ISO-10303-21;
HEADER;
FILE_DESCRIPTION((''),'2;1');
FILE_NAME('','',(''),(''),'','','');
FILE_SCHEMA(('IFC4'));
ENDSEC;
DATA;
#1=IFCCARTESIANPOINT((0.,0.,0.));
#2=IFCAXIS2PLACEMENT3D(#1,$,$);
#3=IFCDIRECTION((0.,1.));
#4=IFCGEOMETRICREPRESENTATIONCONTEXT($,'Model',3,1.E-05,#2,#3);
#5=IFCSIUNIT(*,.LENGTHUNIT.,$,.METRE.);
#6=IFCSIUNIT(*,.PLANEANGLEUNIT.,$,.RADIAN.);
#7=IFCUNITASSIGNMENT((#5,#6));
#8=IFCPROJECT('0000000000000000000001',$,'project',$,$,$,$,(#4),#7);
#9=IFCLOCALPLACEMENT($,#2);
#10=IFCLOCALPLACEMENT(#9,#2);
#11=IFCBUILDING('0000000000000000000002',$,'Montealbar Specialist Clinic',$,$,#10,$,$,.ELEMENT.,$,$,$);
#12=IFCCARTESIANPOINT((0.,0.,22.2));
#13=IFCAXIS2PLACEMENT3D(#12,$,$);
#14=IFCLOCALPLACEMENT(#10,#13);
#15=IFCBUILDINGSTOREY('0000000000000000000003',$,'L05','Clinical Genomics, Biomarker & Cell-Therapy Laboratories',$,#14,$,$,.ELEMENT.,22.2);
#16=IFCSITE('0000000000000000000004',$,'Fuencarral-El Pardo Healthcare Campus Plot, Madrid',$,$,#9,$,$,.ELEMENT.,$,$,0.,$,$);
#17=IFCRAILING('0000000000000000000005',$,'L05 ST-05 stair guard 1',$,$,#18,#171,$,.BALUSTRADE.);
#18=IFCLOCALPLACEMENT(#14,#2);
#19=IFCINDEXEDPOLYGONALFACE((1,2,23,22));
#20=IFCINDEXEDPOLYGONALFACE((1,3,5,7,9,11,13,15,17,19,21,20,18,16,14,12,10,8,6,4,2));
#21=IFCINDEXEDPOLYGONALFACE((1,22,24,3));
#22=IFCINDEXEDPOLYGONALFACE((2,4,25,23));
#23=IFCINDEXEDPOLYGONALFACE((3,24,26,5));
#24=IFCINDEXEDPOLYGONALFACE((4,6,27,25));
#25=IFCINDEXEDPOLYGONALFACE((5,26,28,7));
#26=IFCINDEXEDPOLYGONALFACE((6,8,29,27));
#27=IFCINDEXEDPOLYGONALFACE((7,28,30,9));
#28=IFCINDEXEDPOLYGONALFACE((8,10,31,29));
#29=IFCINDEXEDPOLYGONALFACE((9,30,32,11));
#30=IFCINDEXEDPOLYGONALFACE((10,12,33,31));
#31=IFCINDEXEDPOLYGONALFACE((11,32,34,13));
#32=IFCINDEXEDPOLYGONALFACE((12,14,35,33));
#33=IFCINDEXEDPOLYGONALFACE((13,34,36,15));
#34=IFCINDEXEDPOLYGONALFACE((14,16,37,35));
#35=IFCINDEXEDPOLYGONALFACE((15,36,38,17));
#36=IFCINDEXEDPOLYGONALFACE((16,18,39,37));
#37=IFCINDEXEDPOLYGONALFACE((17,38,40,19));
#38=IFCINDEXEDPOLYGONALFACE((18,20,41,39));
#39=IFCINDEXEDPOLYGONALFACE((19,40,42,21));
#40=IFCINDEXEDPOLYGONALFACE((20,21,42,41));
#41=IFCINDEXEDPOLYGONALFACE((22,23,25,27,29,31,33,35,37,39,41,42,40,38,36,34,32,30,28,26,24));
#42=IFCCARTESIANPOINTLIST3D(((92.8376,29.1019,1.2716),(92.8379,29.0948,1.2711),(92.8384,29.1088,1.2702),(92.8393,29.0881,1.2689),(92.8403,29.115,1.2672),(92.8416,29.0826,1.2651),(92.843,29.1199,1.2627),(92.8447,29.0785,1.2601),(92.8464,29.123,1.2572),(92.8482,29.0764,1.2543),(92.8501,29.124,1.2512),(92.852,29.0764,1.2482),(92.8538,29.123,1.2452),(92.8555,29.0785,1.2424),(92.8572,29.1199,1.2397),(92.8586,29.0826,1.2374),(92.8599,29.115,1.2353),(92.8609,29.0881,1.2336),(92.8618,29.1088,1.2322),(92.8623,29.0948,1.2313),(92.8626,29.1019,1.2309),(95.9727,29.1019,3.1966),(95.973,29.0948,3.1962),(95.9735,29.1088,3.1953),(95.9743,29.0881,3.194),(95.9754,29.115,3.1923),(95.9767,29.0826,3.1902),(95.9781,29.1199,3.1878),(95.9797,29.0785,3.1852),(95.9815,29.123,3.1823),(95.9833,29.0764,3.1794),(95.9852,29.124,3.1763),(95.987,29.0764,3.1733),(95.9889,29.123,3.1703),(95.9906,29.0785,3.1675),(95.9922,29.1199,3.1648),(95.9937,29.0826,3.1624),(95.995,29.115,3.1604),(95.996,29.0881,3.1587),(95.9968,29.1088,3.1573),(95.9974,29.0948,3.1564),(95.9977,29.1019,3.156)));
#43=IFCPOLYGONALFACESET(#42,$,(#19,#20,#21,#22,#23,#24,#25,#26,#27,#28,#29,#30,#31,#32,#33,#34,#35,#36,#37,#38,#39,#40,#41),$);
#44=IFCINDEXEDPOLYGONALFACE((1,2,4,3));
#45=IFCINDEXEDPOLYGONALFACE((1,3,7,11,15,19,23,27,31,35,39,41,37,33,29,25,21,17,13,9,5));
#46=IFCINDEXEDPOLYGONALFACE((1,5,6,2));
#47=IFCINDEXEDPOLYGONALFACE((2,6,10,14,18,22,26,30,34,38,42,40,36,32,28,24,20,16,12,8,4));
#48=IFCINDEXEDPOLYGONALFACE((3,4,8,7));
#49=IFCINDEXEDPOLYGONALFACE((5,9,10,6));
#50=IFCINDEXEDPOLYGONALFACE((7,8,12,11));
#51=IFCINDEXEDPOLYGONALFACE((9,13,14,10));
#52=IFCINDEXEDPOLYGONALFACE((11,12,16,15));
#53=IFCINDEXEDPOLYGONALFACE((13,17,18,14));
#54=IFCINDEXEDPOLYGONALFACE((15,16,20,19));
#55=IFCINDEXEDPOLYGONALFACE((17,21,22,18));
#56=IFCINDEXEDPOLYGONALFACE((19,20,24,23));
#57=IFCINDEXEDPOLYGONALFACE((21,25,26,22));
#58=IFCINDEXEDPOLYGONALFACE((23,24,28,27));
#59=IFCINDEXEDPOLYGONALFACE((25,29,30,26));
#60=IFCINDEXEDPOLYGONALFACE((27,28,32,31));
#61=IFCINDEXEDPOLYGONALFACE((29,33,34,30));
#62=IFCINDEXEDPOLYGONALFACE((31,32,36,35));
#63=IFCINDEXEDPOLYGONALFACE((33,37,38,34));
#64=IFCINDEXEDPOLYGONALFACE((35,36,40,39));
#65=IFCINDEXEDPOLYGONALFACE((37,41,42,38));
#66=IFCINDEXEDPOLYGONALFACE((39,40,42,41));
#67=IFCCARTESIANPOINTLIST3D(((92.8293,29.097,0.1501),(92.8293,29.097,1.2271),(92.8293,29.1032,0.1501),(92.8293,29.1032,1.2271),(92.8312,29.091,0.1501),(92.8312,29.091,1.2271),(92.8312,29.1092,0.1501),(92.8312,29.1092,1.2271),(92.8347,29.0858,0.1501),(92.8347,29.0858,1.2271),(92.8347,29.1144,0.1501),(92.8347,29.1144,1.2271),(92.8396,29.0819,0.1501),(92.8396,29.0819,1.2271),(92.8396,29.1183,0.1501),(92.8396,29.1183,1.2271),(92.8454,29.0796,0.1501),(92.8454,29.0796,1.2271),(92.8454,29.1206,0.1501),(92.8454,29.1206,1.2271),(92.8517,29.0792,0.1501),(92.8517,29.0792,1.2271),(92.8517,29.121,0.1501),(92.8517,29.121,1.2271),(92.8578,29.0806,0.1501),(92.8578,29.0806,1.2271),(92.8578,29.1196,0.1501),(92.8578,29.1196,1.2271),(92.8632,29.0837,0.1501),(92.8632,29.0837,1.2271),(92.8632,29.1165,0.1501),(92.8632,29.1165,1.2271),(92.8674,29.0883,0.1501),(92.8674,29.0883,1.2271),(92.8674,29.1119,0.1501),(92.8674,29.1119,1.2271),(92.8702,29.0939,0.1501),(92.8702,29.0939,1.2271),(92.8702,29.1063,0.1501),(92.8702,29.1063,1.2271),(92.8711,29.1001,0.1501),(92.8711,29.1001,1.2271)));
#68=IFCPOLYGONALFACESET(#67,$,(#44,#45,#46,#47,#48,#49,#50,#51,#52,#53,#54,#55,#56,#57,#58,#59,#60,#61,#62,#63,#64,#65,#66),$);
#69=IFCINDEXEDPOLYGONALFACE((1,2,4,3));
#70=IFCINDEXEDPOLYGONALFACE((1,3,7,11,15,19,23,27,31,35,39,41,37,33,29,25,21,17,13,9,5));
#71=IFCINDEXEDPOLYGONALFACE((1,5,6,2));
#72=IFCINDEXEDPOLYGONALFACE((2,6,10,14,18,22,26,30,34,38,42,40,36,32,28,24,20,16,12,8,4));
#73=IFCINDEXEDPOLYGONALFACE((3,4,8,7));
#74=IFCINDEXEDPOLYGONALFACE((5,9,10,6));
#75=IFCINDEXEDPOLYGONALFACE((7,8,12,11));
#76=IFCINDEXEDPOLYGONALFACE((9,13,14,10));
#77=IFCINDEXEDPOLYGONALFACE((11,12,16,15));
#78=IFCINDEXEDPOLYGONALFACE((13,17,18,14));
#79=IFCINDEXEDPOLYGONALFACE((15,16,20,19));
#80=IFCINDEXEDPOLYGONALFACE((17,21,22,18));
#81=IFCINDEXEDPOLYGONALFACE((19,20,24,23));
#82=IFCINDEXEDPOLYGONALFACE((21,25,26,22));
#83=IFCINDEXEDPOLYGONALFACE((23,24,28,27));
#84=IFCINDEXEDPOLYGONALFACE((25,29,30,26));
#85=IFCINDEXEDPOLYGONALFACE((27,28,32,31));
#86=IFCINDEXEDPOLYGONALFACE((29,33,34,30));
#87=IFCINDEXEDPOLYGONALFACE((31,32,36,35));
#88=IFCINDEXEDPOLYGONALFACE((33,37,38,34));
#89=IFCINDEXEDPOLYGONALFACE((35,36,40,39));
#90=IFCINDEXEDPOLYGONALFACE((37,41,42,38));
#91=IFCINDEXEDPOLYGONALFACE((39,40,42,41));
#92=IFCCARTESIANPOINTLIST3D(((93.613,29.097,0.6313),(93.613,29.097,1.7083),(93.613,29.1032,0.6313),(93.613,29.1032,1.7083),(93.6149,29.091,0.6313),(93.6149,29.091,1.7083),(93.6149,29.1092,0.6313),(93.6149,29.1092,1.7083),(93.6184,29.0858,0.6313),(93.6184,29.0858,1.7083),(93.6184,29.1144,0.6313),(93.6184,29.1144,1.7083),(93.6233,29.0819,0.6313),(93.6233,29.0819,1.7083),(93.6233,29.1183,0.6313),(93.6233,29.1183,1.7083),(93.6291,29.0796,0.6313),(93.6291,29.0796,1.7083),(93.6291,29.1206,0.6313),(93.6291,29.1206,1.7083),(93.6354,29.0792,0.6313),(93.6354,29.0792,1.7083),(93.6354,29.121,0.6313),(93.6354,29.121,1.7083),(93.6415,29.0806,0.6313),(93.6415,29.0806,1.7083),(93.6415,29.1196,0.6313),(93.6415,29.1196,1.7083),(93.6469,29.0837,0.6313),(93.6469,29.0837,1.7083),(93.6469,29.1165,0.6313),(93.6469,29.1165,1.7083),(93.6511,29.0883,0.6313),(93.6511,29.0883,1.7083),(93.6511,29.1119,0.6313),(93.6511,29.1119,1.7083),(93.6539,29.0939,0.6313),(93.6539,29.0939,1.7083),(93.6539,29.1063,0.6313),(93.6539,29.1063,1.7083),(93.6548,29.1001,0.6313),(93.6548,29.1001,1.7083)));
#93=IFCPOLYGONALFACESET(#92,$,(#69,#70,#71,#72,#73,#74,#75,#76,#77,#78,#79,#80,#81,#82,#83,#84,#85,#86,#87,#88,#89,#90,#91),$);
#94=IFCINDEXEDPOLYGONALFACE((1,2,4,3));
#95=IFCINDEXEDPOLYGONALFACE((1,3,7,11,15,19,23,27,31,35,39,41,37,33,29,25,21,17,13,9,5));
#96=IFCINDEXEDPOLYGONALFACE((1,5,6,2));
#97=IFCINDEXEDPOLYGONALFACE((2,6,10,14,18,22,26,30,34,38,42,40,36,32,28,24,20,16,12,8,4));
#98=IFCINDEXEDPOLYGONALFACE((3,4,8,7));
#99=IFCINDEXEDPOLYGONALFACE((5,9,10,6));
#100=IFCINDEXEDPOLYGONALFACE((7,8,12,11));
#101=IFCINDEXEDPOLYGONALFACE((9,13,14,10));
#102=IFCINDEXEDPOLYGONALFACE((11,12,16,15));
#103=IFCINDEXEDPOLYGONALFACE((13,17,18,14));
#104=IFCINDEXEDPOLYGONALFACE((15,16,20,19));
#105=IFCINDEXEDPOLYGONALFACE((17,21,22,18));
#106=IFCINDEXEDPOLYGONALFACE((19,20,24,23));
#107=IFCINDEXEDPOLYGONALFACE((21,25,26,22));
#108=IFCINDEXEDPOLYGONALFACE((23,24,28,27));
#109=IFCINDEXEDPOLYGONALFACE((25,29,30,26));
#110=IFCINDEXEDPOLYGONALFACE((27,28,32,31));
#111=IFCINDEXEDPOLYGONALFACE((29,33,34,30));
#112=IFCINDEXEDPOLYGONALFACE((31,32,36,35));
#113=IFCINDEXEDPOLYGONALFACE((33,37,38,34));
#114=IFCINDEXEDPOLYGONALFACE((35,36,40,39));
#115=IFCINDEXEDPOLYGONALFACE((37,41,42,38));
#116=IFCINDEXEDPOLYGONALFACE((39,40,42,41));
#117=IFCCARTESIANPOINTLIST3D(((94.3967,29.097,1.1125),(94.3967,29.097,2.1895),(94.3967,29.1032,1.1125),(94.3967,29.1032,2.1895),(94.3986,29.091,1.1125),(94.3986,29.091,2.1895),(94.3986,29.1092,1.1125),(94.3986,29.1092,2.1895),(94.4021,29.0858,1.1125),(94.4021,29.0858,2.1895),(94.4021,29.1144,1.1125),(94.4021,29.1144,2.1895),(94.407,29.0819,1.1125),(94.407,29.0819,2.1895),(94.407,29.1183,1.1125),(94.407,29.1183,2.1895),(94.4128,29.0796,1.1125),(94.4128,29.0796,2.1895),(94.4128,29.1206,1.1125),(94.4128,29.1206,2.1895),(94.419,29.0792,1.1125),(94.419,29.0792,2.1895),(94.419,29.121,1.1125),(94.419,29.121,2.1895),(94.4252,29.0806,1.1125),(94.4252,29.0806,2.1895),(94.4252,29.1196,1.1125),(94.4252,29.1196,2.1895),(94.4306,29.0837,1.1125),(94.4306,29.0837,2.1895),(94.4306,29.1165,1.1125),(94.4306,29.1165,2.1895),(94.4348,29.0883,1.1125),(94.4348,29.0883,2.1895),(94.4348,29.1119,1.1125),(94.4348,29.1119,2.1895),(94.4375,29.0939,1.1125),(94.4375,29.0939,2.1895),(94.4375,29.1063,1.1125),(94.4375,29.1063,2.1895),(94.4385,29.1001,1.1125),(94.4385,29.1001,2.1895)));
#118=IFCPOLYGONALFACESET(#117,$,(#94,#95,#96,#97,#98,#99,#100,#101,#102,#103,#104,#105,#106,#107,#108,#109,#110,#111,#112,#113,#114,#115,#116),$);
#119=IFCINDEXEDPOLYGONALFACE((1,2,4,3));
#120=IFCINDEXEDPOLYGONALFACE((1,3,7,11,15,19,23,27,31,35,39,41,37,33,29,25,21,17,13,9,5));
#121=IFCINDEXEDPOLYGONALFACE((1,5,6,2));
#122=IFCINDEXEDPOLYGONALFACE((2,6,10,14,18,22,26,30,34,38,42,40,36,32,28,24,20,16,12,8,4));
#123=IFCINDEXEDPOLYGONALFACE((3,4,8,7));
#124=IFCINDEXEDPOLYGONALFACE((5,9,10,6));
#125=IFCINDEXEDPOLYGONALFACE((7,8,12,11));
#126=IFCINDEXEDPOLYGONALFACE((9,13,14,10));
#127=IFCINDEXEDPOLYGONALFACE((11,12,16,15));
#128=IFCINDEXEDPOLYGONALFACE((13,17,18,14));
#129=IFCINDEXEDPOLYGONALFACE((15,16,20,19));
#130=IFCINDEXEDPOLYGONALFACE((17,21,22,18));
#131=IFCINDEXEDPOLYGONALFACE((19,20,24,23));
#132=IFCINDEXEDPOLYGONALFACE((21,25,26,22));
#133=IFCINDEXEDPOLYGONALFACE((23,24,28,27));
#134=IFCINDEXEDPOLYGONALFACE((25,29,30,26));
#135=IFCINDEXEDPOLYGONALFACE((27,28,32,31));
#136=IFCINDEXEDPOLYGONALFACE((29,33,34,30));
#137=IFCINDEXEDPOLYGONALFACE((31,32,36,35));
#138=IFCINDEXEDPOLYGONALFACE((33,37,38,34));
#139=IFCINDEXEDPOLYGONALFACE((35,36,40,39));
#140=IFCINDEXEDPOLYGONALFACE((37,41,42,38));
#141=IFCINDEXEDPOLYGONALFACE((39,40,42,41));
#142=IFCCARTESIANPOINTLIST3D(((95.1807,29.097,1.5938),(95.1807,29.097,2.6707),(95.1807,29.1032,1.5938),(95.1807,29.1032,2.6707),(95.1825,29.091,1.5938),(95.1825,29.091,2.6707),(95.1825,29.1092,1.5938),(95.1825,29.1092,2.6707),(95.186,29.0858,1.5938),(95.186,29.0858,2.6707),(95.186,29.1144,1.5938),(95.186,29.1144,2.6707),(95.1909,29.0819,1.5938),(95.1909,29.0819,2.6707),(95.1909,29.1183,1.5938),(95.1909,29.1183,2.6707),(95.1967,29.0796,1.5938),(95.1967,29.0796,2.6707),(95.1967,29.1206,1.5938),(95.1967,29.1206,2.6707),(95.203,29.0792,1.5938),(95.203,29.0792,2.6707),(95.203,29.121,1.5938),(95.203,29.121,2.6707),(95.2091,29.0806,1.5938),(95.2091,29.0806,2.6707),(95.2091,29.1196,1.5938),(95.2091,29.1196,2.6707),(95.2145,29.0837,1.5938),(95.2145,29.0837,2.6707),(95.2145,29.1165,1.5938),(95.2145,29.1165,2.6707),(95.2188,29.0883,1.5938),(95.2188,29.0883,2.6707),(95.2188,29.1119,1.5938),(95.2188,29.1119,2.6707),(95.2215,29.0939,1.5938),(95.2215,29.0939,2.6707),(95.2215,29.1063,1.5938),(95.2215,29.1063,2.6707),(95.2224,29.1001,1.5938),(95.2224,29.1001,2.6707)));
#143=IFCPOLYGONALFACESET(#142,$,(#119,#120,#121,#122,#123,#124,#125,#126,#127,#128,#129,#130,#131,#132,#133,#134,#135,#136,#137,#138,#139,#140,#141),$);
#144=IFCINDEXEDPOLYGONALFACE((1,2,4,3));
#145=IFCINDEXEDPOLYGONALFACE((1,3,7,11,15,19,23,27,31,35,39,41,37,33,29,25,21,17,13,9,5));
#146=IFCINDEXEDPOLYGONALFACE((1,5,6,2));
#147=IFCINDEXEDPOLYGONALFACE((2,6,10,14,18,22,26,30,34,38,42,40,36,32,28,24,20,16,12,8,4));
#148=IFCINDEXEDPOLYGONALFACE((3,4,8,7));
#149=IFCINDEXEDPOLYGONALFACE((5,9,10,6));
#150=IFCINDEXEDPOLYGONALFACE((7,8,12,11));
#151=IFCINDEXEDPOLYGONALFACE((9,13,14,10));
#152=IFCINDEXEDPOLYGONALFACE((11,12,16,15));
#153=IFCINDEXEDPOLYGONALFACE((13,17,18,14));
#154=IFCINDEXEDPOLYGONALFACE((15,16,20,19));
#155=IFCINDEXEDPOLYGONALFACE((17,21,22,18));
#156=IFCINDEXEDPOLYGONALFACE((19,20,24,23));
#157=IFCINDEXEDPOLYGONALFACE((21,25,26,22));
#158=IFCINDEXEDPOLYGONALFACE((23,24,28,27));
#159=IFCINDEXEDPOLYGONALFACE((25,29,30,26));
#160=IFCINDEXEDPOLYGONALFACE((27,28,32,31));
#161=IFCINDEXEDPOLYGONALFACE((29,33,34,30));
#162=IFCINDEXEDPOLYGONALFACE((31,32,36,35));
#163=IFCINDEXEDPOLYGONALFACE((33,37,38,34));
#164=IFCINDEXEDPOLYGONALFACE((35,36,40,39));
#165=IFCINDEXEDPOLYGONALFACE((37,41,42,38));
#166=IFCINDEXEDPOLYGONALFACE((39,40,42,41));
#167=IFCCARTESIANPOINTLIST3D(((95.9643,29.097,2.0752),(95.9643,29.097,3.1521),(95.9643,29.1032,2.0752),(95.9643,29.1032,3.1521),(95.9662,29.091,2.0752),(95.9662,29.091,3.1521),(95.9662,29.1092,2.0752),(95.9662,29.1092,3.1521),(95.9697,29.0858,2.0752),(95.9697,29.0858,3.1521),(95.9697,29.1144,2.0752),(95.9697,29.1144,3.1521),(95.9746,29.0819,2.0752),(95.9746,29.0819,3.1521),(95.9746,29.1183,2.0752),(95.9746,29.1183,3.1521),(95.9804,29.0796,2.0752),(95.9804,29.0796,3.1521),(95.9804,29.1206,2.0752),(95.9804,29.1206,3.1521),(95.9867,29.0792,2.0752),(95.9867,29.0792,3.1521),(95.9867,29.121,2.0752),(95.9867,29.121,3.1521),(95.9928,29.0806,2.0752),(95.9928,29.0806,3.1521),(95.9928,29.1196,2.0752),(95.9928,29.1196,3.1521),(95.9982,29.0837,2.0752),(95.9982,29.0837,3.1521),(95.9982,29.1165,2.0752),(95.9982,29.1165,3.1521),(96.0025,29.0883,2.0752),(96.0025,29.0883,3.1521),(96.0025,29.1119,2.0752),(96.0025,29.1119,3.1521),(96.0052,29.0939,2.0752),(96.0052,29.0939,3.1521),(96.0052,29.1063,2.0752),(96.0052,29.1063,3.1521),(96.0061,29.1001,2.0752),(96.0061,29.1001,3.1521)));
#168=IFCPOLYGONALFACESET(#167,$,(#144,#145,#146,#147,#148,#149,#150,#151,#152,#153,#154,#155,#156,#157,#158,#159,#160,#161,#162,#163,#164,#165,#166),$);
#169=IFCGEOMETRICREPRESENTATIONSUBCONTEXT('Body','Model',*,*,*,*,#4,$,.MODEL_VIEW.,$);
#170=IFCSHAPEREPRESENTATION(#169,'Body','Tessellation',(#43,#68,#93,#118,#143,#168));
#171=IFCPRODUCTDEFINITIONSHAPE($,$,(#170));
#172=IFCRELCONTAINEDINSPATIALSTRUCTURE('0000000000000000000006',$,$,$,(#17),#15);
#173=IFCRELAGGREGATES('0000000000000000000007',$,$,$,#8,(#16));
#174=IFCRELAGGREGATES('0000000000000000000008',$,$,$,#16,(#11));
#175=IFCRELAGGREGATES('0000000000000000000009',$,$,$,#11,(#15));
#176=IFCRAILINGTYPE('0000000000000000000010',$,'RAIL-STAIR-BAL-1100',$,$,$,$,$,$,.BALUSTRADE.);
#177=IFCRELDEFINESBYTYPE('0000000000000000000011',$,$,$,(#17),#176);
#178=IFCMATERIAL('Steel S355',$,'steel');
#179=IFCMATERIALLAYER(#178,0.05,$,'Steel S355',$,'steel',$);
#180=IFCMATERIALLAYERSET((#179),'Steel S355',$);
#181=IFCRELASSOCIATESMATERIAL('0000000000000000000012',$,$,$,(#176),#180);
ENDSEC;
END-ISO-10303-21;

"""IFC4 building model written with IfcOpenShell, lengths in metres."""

from ifc_helpers import new_model, si_unit, direction, frame, origin, origin_2d, place, context, subcontext, project, spatial, circle, extrude, material, layer, layer_set, type_object, element, save


model = new_model("IFC4")

# Units and contexts
model_context = context("Model", 3, precision=1e-05, world=origin(), true_north=direction((0.0, 1.0)))
body_context = subcontext(model_context, "Body", "Model", "MODEL_VIEW")
ifc_project = project(units=[si_unit("LENGTHUNIT", "METRE"), si_unit("PLANEANGLEUNIT", "RADIAN")], contexts=[model_context])

# Site, building, storey
site_placement = place(None, origin())
site = spatial("IfcSite", under=ifc_project, at=site_placement, Name="Fuencarral-El Pardo Healthcare Campus Plot, Madrid", CompositionType="ELEMENT", RefElevation=0.0)
building_placement = place(site_placement, origin())
building = spatial("IfcBuilding", under=site, at=building_placement, Name="Montealbar Specialist Clinic", CompositionType="ELEMENT")
storey_placement = place(building_placement, frame((0.0, 0.0, 22.2)))
storey = spatial("IfcBuildingStorey", under=building, at=storey_placement, Name="L05", Description="Clinical Genomics, Biomarker & Cell-Therapy Laboratories", CompositionType="ELEMENT", Elevation=22.2)

# Shared definitions
ifc_material_1 = material(Name="Steel S355", Category="steel")

# Railing
ifc_layer_1 = layer(ifc_material_1, 0.05, Name="Steel S355", Category="steel")
ifc_layer_set_1 = layer_set([ifc_layer_1], Name="Steel S355")
railing_type_1 = type_object("IfcRailingType", Name="RAIL-STAIR-BAL-1100", PredefinedType="BALUSTRADE", material=ifc_layer_set_1)
railing_1_placement = place(storey_placement, frame((92.8501, 29.1001, 0.175)))
element("IfcRailing", 1, at=railing_1_placement, inside=storey, type_object=railing_type_1, Name="L05 ST-05 stair guard 1", PredefinedType="BALUSTRADE", context=body_context, shape_type="SweptSolid", body=[
    extrude(circle(Radius=0.0239, at=origin_2d()), frame((0.0, 0.0, 1.0762), z_axis=(0.852166, 0.0, 0.523271), x_axis=(0.0, 1.0, 0.0)), (0.0, 0.0, 1.0), 3.679),
    extrude(circle(Radius=0.021, at=origin_2d()), frame((0.0, 0.0, -0.0249)), (0.0, 0.0, 1.0), 1.0769),
    extrude(circle(Radius=0.021, at=origin_2d()), frame((0.7837, 0.0, 0.4563)), (0.0, 0.0, 1.0), 1.0769),
    extrude(circle(Radius=0.021, at=origin_2d()), frame((1.5674, 0.0, 0.9375)), (0.0, 0.0, 1.0), 1.0769),
    extrude(circle(Radius=0.021, at=origin_2d()), frame((2.3513, 0.0, 1.4187)), (0.0, 0.0, 1.0), 1.0769),
    extrude(circle(Radius=0.021, at=origin_2d()), frame((3.135, 0.0, 1.9001)), (0.0, 0.0, 1.0), 1.0769),
])

save(model, "model.ifc")
